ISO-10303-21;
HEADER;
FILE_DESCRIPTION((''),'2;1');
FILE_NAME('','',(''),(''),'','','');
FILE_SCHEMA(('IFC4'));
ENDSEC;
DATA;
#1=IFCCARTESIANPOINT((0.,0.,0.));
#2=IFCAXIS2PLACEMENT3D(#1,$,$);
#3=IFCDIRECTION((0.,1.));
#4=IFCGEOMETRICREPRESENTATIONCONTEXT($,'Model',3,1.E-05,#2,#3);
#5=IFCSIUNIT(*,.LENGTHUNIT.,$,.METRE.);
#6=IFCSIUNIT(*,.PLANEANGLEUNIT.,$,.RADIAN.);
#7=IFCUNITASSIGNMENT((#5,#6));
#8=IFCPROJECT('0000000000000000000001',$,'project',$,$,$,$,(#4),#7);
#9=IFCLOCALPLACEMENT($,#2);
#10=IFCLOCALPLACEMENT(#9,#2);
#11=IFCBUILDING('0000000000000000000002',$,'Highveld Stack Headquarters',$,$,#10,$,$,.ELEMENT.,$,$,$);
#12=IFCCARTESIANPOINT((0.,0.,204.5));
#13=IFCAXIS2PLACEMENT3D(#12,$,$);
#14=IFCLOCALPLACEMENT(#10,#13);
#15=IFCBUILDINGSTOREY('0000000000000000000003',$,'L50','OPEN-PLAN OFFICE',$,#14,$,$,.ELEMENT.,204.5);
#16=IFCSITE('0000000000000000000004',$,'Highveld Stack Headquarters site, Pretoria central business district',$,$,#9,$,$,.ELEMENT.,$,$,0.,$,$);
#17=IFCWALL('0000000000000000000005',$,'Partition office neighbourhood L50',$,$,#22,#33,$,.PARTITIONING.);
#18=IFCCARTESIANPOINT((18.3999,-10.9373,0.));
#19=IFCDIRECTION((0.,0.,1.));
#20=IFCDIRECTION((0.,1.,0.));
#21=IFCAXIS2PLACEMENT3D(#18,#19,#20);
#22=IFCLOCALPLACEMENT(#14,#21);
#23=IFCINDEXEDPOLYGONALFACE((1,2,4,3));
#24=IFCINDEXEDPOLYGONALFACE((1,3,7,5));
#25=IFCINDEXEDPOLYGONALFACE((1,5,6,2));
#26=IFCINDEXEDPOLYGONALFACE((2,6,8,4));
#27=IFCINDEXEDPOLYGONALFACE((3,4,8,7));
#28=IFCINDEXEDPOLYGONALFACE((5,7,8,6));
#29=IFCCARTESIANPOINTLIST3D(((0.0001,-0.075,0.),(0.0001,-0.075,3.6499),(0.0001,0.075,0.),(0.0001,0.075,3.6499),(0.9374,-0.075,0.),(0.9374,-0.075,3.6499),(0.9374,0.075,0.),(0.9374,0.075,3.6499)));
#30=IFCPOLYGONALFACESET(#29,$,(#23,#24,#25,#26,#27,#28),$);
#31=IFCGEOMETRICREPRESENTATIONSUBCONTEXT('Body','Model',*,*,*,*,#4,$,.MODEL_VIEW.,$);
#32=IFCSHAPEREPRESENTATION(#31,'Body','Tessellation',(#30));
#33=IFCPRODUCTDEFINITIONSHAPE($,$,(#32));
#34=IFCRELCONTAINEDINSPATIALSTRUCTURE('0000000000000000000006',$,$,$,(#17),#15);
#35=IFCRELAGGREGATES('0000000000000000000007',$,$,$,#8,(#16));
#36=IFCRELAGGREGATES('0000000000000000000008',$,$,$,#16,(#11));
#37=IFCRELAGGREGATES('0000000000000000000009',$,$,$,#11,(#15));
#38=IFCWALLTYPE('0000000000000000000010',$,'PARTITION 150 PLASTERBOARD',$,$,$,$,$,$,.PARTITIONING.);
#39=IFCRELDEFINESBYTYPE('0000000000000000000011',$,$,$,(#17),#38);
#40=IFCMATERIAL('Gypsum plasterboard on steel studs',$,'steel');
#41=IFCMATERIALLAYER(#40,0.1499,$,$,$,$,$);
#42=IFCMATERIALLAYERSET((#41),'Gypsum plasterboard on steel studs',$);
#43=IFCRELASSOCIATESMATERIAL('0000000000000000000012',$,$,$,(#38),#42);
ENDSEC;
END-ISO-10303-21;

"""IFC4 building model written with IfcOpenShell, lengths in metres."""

from ifc_helpers import new_model, si_unit, direction, frame, frame_2d, origin, place, context, subcontext, project, spatial, rectangle, extrude, material, layer, layer_set, type_object, element, save


model = new_model("IFC4")

# Units and contexts
model_context = context("Model", 3, precision=1e-05, world=origin(), true_north=direction((0.0, 1.0)))
body_context = subcontext(model_context, "Body", "Model", "MODEL_VIEW")
ifc_project = project(units=[si_unit("LENGTHUNIT", "METRE"), si_unit("PLANEANGLEUNIT", "RADIAN")], contexts=[model_context])

# Site, building, storey
site_placement = place(None, origin())
site = spatial("IfcSite", under=ifc_project, at=site_placement, Name="Highveld Stack Headquarters site, Pretoria central business district", CompositionType="ELEMENT", RefElevation=0.0)
building_placement = place(site_placement, origin())
building = spatial("IfcBuilding", under=site, at=building_placement, Name="Highveld Stack Headquarters", CompositionType="ELEMENT")
storey_placement = place(building_placement, frame((0.0, 0.0, 204.5)))
storey = spatial("IfcBuildingStorey", under=building, at=storey_placement, Name="L50", Description="OPEN-PLAN OFFICE", CompositionType="ELEMENT", Elevation=204.5)

# Shared definitions
ifc_material_1 = material(Name="Gypsum plasterboard on steel studs", Category="steel")
ifc_layer_1 = layer(ifc_material_1, 0.1499)
ifc_layer_set_1 = layer_set([ifc_layer_1], Name="Gypsum plasterboard on steel studs")
wall_type_1 = type_object("IfcWallType", Name="PARTITION 150 PLASTERBOARD", PredefinedType="PARTITIONING", material=ifc_layer_set_1)

# Wall
wall_1_placement = place(storey_placement, frame((18.3999, -10.9373, 0.0), z_axis=(0.0, 0.0, 1.0), x_axis=(0.0, 1.0, 0.0)))
element("IfcWall", 1, at=wall_1_placement, inside=storey, type_object=wall_type_1, Name="Partition office neighbourhood L50", PredefinedType="PARTITIONING", context=body_context, shape_type="SweptSolid", body=[
    extrude(rectangle(XDim=0.9373, YDim=0.1499, at=frame_2d((0.4688, 0.0))), origin(), (0.0, 0.0, 1.0), 3.6499),
])

save(model, "model.ifc")
